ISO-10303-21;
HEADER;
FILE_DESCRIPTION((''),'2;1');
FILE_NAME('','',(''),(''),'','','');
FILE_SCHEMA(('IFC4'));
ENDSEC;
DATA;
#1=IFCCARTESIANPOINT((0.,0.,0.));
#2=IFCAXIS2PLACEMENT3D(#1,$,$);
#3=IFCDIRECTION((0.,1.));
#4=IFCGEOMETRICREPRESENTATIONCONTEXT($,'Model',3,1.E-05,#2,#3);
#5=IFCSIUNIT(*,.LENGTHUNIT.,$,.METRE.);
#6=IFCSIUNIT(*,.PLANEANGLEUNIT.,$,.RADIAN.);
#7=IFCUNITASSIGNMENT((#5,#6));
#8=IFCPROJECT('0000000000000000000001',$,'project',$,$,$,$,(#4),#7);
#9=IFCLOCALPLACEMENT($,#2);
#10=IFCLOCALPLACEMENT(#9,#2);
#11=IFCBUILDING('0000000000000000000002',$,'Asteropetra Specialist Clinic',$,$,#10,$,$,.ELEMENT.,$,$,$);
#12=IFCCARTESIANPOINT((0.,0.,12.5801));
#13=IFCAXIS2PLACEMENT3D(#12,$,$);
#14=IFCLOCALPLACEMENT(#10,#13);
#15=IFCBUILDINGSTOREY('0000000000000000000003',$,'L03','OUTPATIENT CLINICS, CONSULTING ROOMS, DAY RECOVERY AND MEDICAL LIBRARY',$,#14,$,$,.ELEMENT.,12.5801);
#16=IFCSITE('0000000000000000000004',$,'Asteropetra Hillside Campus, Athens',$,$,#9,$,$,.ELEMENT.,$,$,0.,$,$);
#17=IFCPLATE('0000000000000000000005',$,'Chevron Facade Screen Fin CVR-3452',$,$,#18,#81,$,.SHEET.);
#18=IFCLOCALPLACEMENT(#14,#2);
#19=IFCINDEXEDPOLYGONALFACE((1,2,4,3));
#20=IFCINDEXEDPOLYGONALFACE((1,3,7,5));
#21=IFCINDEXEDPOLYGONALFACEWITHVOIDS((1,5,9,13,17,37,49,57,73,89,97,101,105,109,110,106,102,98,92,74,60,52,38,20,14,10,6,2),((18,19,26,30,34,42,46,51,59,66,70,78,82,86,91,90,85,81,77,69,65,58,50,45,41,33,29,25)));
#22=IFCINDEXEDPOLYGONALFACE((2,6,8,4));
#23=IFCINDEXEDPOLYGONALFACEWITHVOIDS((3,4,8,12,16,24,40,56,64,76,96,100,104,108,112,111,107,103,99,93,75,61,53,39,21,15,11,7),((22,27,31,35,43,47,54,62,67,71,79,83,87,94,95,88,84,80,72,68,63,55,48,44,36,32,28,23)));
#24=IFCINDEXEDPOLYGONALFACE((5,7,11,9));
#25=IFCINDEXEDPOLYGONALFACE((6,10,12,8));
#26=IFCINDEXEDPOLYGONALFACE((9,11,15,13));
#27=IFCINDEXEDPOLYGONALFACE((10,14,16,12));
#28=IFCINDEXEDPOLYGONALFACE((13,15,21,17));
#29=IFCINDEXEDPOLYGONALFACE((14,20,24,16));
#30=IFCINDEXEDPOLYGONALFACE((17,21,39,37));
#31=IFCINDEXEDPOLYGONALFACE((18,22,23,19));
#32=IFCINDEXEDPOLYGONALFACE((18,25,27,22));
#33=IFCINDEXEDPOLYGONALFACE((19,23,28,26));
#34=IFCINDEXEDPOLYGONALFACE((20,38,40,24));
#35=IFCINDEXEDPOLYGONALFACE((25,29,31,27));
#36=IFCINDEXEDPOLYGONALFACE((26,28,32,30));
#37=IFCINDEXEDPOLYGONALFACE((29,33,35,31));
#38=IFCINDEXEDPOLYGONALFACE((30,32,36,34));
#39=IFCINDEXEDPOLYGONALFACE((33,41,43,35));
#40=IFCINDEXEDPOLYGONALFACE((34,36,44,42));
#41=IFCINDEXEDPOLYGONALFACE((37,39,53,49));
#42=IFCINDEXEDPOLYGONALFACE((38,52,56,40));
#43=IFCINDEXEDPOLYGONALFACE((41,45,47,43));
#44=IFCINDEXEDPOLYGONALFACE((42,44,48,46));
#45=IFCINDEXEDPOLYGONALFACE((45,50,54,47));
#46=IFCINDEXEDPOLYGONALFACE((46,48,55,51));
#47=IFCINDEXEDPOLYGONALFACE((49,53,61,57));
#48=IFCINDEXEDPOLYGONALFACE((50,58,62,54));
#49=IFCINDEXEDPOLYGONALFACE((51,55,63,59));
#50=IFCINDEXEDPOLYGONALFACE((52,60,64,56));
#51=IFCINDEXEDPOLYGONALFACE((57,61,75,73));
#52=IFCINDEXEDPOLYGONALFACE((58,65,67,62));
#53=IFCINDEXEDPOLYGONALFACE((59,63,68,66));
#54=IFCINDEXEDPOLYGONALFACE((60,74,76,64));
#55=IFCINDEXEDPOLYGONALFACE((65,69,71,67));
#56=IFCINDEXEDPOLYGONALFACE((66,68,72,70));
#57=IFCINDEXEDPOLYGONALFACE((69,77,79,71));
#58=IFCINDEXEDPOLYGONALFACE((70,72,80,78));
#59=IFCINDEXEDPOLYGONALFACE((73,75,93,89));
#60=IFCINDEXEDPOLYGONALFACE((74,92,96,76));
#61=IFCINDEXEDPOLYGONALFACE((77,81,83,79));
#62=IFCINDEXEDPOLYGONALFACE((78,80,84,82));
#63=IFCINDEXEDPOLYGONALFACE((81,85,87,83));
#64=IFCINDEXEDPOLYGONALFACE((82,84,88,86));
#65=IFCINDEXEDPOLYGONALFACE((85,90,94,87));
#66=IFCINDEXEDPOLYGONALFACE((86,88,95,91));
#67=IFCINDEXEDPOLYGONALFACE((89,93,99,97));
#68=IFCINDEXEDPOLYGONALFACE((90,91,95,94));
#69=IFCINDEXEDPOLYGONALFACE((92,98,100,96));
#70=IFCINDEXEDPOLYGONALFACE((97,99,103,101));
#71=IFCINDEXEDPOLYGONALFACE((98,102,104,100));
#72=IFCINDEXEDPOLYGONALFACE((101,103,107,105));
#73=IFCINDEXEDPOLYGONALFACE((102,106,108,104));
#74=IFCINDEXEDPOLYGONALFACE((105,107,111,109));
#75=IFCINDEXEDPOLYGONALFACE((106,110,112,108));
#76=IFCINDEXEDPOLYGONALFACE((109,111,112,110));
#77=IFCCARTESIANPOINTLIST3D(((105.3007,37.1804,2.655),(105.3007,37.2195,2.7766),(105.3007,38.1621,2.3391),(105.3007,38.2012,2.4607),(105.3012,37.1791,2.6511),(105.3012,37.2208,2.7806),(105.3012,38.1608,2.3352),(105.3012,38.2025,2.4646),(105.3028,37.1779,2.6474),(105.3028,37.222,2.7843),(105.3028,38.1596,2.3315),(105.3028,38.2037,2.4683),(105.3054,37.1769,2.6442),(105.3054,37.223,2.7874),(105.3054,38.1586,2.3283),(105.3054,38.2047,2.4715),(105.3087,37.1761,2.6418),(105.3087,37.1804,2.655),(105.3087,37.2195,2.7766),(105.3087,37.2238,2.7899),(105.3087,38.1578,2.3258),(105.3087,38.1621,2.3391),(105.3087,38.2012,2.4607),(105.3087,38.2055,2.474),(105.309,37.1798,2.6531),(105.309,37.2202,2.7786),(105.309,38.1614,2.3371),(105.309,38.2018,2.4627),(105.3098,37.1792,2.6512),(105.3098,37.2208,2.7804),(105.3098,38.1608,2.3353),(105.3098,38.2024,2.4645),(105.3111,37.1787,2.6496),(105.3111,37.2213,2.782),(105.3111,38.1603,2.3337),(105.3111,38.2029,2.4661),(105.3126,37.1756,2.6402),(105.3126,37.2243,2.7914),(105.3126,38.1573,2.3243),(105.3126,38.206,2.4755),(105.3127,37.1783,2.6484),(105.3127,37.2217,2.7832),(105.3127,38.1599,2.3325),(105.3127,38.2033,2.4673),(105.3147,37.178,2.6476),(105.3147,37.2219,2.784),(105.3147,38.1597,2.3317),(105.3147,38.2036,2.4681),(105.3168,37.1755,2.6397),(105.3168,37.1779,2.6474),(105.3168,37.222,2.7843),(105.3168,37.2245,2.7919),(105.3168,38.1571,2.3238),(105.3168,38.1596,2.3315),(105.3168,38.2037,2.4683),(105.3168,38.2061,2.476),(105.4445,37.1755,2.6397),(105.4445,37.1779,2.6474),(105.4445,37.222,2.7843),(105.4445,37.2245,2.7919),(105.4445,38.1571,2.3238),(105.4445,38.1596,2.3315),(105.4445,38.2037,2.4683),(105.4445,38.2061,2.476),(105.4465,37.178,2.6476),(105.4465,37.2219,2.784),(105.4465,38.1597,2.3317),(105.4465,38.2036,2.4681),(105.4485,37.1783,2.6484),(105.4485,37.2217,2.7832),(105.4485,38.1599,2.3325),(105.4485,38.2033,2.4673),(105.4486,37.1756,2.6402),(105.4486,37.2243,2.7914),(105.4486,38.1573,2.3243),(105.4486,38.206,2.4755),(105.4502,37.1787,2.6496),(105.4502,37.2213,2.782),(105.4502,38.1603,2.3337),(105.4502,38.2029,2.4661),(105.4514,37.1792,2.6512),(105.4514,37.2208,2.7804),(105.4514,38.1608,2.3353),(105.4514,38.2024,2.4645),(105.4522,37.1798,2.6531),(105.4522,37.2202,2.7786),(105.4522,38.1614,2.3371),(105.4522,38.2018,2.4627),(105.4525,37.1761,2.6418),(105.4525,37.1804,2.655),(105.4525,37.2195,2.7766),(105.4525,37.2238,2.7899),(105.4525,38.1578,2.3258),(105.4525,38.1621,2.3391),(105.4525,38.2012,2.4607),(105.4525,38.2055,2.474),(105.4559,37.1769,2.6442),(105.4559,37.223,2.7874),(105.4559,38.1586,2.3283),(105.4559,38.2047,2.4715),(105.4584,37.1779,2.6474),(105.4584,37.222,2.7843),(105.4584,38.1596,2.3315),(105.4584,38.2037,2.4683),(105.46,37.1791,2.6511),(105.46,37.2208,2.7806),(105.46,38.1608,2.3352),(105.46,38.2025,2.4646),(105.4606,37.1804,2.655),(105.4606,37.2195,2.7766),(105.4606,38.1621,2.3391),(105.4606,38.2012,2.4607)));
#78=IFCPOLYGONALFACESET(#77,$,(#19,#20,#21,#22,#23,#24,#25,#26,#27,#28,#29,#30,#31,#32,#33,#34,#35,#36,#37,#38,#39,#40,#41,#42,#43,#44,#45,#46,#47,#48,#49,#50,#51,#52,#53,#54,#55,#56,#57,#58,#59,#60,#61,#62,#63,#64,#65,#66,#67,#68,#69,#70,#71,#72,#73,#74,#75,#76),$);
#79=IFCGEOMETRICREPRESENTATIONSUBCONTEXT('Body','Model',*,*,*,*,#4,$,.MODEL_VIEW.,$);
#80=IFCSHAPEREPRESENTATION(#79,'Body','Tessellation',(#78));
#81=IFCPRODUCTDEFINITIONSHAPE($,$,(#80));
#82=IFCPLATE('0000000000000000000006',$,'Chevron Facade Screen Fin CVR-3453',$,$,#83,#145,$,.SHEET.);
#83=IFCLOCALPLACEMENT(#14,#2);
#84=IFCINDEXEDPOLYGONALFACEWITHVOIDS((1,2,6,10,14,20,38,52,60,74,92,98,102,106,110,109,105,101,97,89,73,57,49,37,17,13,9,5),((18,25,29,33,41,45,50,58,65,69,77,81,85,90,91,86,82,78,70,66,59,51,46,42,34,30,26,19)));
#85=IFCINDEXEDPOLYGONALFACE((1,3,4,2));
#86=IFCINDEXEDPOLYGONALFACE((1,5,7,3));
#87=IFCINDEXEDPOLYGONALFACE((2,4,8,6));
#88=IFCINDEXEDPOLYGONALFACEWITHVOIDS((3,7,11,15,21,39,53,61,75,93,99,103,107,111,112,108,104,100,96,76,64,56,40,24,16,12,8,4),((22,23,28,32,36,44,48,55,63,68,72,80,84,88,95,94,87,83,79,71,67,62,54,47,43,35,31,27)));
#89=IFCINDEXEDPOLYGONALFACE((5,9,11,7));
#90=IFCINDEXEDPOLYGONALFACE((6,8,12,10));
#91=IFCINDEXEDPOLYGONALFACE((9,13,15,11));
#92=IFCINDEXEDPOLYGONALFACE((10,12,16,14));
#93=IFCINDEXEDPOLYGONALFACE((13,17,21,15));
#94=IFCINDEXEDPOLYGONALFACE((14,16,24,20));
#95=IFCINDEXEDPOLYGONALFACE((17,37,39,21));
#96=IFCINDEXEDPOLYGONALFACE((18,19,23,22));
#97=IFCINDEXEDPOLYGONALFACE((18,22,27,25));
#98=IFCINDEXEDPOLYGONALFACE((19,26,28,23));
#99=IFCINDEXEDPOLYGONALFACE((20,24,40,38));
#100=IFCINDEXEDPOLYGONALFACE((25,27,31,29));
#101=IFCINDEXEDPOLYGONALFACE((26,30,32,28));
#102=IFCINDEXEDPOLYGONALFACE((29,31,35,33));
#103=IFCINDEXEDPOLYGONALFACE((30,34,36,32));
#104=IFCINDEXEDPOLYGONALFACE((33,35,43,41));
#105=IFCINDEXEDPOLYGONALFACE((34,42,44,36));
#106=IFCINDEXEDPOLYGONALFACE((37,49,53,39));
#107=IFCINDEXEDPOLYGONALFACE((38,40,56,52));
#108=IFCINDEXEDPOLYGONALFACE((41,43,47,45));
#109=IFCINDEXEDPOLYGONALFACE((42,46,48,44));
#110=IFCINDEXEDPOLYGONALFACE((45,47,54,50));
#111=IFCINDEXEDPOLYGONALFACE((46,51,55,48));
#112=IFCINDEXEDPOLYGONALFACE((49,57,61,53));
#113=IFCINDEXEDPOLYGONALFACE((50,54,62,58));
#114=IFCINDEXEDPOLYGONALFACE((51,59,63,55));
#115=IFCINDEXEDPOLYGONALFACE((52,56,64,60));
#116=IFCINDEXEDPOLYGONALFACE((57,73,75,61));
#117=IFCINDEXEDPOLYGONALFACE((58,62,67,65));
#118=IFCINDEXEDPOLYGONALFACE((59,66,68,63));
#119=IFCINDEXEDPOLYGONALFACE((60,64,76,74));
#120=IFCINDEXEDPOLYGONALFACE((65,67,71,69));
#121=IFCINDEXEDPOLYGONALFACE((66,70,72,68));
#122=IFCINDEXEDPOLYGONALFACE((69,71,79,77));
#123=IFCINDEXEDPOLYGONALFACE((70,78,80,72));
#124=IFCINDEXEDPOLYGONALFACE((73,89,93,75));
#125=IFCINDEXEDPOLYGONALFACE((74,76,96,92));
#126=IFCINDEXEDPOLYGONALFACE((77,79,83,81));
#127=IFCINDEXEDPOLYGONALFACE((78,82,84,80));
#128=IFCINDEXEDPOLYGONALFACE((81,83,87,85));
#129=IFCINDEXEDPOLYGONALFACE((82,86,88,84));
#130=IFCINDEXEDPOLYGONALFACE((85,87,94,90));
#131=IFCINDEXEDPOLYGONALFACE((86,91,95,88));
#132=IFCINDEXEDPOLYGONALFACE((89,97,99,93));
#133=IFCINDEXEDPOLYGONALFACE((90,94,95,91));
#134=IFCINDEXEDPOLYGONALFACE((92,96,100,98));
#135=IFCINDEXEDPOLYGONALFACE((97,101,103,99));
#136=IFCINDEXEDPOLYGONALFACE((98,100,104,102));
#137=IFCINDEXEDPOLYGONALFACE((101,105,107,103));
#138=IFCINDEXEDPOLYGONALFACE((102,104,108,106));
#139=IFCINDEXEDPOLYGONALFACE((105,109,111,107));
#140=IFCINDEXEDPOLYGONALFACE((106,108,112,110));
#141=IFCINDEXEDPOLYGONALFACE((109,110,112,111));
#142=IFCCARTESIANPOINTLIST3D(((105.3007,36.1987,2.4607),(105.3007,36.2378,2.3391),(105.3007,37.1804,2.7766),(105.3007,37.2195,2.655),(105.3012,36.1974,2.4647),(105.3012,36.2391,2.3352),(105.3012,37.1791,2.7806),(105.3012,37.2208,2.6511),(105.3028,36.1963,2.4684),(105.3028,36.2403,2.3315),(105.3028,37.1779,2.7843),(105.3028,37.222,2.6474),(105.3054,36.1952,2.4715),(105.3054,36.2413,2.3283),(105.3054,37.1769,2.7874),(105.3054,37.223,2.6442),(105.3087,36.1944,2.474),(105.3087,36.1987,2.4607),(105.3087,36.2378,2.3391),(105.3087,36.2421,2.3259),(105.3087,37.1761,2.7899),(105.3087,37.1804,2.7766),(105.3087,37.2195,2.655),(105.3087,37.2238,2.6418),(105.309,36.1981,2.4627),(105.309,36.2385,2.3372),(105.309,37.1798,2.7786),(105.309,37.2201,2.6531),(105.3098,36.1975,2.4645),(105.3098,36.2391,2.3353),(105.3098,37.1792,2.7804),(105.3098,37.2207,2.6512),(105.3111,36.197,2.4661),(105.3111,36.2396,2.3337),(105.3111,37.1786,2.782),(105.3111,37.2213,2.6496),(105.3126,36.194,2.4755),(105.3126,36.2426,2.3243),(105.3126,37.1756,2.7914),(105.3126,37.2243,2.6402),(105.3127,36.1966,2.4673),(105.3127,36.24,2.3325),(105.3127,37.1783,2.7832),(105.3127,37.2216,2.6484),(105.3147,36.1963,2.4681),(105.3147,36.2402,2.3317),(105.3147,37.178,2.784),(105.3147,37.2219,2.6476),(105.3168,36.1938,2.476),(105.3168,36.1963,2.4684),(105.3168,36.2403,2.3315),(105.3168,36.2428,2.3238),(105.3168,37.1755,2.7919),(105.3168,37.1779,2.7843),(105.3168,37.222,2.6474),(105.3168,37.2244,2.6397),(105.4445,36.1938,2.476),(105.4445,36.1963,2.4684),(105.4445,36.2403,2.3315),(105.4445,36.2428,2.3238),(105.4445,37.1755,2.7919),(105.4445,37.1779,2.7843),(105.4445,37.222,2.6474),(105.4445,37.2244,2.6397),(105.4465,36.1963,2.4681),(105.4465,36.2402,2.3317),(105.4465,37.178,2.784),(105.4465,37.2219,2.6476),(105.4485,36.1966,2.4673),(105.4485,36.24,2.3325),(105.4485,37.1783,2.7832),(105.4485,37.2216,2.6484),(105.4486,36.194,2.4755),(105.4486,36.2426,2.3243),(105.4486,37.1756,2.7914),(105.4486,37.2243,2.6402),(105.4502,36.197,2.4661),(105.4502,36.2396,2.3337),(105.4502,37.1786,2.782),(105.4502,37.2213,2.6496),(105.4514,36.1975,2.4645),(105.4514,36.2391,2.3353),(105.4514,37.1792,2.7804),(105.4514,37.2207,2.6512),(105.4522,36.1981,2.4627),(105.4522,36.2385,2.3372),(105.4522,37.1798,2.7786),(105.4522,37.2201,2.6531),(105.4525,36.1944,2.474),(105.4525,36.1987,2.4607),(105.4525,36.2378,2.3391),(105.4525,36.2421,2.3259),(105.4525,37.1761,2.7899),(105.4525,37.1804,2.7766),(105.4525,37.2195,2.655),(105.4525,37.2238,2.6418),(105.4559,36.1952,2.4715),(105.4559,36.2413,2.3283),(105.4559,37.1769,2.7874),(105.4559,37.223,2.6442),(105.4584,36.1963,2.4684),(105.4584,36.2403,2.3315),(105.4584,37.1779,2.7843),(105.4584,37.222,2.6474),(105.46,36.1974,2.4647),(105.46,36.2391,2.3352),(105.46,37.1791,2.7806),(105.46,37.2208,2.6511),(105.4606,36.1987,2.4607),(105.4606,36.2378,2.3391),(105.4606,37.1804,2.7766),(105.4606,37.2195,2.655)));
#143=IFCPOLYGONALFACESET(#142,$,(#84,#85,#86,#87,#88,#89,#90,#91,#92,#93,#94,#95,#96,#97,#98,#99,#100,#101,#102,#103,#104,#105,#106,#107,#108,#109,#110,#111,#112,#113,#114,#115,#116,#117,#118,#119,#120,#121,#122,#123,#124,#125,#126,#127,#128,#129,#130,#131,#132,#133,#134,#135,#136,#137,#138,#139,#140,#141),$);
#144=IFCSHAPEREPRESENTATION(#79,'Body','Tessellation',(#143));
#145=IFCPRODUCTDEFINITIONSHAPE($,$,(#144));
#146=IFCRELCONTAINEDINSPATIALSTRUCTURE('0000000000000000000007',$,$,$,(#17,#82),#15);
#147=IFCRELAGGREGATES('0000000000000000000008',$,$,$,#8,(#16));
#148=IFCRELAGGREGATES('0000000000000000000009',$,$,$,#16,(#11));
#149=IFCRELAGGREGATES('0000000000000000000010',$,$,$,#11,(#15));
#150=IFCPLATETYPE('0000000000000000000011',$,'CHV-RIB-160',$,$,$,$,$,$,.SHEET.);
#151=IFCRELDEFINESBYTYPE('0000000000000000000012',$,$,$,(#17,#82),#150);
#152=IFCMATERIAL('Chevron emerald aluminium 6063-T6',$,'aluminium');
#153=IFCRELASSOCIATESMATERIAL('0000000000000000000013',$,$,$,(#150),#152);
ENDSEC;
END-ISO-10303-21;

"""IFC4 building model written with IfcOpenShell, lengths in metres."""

from ifc_helpers import new_model, si_unit, direction, frame, origin, origin_2d, place, context, subcontext, project, spatial, hollow_rectangle, extrude, material, material_profile, profile_set, type_object, element, save


model = new_model("IFC4")

# Units and contexts
model_context = context("Model", 3, precision=1e-05, world=origin(), true_north=direction((0.0, 1.0)))
body_context = subcontext(model_context, "Body", "Model", "MODEL_VIEW")
ifc_project = project(units=[si_unit("LENGTHUNIT", "METRE"), si_unit("PLANEANGLEUNIT", "RADIAN")], contexts=[model_context])

# Site, building, storey
site_placement = place(None, origin())
site = spatial("IfcSite", under=ifc_project, at=site_placement, Name="Asteropetra Hillside Campus, Athens", CompositionType="ELEMENT", RefElevation=0.0)
building_placement = place(site_placement, origin())
building = spatial("IfcBuilding", under=site, at=building_placement, Name="Asteropetra Specialist Clinic", CompositionType="ELEMENT")
storey_placement = place(building_placement, frame((0.0, 0.0, 12.5801)))
storey = spatial("IfcBuildingStorey", under=building, at=storey_placement, Name="L03", Description="OUTPATIENT CLINICS, CONSULTING ROOMS, DAY RECOVERY AND MEDICAL LIBRARY", CompositionType="ELEMENT", Elevation=12.5801)

# Plates
ifc_material_1 = material(Name="Chevron emerald aluminium 6063-T6", Category="aluminium")
ifc_material_profile = material_profile(ifc_material_1, hollow_rectangle(XDim=0.1599, YDim=0.1599, WallThickness=0.0081, InnerFilletRadius=0.0081, OuterFilletRadius=0.0161, at=origin_2d()), Name="SHS 160x160x8.0")
ifc_profile_set = profile_set([ifc_material_profile], Name="Chevron emerald aluminium 6063-T6")
plate_type_1 = type_object("IfcPlateType", Name="CHV-RIB-160", PredefinedType="SHEET", material=ifc_profile_set)
for number, where, z_axis, x_axis, name in (
    (1, (105.3806, 38.1816, 2.3999), (0.0, -0.951923, 0.306339), (1.0, 0.0, 0.0), "Chevron Facade Screen Fin CVR-3452"),
    (2, (105.3806, 37.2, 2.7158), (0.0, -0.951923, -0.306339), (1.0, 0.0, 0.0), "Chevron Facade Screen Fin CVR-3453"),
):
    element("IfcPlate", number, at=place(storey_placement, frame(where, z_axis=z_axis, x_axis=x_axis)), inside=storey, type_object=plate_type_1, Name=name, PredefinedType="SHEET", context=body_context, shape_type="SweptSolid", body=[
        extrude(hollow_rectangle(XDim=0.1599, YDim=0.1599, WallThickness=0.0081, InnerFilletRadius=0.0081, OuterFilletRadius=0.0161, at=origin_2d()), origin(), (0.0, 0.0, 1.0), 1.0312),
    ])

save(model, "model.ifc")
